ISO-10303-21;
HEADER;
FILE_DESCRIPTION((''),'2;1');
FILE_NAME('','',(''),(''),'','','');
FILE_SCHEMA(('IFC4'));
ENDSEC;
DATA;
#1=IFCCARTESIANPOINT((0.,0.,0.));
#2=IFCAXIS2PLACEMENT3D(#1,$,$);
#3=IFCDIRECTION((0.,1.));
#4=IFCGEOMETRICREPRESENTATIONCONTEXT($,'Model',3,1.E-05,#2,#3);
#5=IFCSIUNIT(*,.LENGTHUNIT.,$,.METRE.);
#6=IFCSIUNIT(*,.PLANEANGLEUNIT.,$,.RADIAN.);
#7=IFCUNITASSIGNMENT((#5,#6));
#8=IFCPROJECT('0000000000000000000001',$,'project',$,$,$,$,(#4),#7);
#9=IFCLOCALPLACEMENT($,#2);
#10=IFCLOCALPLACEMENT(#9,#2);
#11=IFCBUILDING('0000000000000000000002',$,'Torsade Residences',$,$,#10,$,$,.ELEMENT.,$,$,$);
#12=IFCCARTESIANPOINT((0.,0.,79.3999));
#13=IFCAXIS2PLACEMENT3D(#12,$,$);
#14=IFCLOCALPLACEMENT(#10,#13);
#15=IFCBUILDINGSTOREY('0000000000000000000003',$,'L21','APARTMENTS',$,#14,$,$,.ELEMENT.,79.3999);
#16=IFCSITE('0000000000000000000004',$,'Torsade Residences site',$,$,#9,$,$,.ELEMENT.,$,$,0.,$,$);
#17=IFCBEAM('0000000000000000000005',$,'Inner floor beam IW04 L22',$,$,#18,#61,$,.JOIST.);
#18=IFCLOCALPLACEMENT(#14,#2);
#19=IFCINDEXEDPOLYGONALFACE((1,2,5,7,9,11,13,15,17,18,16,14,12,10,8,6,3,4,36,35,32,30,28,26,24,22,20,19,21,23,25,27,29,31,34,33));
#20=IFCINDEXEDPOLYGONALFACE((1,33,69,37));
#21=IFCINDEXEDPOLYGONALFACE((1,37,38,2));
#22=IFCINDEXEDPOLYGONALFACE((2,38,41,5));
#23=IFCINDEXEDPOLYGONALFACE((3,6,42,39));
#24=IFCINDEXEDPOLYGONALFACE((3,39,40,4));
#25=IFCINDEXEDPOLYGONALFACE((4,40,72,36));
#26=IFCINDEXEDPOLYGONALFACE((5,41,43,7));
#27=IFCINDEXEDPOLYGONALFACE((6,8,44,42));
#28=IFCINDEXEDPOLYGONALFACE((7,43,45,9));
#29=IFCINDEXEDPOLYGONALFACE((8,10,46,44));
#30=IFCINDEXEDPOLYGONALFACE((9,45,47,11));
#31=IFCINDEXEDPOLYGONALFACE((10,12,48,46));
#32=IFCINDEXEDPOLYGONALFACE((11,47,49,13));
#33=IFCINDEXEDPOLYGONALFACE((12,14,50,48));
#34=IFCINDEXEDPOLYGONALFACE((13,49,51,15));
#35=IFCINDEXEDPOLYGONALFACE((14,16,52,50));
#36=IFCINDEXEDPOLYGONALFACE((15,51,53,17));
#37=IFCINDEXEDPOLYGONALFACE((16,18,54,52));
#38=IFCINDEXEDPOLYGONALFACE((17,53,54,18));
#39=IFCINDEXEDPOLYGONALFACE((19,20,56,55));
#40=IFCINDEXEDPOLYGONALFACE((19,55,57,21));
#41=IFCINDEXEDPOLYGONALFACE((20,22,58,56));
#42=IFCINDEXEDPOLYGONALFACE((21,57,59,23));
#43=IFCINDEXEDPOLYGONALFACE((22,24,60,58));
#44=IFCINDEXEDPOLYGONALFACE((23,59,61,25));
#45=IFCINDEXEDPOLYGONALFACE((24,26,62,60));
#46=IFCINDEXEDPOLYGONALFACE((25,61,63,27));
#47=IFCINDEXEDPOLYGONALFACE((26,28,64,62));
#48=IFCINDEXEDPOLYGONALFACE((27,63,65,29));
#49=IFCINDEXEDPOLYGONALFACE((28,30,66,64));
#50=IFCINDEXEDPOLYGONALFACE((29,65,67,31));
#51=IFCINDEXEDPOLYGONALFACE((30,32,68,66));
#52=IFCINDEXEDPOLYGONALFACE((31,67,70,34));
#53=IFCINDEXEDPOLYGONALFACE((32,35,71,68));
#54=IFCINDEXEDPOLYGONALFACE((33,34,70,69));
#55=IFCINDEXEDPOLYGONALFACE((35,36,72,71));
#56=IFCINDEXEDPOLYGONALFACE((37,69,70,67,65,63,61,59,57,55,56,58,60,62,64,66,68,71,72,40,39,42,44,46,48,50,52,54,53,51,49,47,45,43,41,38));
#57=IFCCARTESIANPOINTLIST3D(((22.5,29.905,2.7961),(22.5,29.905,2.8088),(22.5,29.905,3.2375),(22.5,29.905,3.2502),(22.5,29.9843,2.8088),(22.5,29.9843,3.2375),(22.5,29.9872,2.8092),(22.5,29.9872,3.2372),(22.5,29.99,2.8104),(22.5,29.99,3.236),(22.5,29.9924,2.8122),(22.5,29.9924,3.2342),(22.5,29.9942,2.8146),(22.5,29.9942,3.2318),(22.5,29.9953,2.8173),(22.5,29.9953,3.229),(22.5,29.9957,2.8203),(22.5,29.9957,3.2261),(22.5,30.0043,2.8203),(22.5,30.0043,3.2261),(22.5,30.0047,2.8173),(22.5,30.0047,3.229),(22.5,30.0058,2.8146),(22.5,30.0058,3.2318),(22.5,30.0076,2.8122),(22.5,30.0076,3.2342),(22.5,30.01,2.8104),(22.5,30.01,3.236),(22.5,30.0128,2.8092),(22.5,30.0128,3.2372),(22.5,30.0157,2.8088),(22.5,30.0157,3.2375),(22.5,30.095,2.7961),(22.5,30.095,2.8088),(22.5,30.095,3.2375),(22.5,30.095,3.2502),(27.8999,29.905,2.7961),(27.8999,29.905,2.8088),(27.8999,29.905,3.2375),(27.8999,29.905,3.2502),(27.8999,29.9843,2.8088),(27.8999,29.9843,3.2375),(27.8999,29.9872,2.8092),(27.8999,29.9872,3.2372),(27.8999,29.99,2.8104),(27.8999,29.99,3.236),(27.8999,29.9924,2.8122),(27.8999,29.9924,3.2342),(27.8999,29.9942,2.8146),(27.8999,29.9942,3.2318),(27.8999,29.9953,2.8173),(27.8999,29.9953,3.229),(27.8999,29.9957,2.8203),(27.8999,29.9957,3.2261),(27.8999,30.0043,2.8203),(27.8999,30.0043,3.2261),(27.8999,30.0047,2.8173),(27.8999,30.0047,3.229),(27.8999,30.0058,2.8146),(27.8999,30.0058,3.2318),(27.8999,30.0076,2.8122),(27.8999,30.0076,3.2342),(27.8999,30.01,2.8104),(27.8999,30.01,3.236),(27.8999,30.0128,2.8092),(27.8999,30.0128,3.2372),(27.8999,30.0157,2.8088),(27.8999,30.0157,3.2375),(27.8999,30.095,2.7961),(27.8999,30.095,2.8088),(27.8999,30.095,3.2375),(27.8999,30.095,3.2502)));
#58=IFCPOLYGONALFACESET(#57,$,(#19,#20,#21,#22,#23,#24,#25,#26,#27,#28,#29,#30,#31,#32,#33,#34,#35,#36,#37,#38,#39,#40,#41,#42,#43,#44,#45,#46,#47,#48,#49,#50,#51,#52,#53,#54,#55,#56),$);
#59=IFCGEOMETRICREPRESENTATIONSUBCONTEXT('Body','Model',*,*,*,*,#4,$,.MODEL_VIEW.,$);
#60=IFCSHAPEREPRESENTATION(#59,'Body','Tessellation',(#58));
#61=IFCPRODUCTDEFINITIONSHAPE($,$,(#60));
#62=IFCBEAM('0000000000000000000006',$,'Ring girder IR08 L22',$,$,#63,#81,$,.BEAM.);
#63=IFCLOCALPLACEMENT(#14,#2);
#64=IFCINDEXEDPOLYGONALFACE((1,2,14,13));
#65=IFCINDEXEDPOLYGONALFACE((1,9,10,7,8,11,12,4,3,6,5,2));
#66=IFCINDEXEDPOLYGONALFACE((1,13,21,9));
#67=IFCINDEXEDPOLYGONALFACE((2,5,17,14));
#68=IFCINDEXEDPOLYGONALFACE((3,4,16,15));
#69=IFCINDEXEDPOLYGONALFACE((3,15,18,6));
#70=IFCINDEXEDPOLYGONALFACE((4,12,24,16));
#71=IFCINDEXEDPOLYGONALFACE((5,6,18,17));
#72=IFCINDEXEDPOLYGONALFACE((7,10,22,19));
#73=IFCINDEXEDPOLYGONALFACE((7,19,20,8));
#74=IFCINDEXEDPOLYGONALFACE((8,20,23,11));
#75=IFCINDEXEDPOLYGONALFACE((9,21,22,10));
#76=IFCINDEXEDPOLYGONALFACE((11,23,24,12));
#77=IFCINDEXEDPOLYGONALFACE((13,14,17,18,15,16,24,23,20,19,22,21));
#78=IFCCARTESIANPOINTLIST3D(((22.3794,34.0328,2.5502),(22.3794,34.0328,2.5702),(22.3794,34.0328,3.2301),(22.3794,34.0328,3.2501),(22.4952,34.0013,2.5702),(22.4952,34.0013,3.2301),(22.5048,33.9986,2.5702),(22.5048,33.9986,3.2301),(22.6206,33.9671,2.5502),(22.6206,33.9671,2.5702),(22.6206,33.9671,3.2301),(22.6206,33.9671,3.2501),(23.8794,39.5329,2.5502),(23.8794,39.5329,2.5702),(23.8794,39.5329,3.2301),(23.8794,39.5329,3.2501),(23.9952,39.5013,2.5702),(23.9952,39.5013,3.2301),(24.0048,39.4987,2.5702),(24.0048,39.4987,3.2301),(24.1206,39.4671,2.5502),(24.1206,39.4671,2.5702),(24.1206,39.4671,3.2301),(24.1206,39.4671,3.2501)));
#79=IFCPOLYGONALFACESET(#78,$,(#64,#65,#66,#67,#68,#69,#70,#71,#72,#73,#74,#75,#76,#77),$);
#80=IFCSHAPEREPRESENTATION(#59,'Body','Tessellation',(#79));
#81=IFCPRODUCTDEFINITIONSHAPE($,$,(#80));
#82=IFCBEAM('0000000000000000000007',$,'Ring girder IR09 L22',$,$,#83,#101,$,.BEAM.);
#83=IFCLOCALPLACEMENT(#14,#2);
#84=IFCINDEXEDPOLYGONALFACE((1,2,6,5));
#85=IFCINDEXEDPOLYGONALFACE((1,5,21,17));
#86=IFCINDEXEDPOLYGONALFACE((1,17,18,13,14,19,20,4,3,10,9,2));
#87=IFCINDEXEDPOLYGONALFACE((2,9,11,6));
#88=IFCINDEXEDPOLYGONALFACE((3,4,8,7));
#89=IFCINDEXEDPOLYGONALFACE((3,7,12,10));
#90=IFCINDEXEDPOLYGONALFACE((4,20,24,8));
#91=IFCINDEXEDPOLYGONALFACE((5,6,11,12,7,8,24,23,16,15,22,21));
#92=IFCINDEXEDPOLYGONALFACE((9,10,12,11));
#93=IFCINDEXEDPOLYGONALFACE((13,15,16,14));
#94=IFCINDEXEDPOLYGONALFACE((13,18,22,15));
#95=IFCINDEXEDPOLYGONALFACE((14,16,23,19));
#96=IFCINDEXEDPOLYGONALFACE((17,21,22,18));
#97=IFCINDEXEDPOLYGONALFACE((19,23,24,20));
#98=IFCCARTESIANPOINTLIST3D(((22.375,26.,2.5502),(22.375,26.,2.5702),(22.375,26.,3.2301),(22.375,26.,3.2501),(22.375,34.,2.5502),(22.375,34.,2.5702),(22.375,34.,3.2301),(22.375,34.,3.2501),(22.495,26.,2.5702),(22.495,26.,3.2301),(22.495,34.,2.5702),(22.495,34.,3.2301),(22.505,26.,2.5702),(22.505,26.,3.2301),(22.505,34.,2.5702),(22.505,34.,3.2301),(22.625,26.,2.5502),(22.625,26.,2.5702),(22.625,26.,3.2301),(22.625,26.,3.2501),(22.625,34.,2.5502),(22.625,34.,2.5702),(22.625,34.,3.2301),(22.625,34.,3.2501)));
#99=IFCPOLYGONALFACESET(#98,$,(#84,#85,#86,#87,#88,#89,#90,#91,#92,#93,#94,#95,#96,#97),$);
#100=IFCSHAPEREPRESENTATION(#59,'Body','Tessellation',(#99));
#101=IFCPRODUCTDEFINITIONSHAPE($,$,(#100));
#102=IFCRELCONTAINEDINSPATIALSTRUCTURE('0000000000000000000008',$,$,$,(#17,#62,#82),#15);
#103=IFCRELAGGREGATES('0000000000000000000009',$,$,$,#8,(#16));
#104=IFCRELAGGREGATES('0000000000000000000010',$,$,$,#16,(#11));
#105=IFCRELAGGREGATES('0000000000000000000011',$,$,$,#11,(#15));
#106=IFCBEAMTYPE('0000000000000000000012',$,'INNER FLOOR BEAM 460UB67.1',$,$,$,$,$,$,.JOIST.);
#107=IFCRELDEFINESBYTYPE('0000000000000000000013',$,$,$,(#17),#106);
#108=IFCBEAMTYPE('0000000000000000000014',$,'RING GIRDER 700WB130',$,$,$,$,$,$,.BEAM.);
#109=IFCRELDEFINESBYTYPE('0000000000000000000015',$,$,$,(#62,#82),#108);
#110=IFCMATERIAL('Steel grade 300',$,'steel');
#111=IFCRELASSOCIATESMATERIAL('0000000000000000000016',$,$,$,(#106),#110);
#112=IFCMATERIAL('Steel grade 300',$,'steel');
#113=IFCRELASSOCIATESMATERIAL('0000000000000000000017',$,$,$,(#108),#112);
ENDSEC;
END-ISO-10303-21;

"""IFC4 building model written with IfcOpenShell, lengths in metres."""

from ifc_helpers import new_model, si_unit, direction, frame, origin, origin_2d, place, context, subcontext, project, spatial, i_section, extrude, material, material_profile, profile_set, type_object, element, save


model = new_model("IFC4")

# Units and contexts
model_context = context("Model", 3, precision=1e-05, world=origin(), true_north=direction((0.0, 1.0)))
body_context = subcontext(model_context, "Body", "Model", "MODEL_VIEW")
ifc_project = project(units=[si_unit("LENGTHUNIT", "METRE"), si_unit("PLANEANGLEUNIT", "RADIAN")], contexts=[model_context])

# Site, building, storey
site_placement = place(None, origin())
site = spatial("IfcSite", under=ifc_project, at=site_placement, Name="Torsade Residences site", CompositionType="ELEMENT", RefElevation=0.0)
building_placement = place(site_placement, origin())
building = spatial("IfcBuilding", under=site, at=building_placement, Name="Torsade Residences", CompositionType="ELEMENT")
storey_placement = place(building_placement, frame((0.0, 0.0, 79.3999)))
storey = spatial("IfcBuildingStorey", under=building, at=storey_placement, Name="L21", Description="APARTMENTS", CompositionType="ELEMENT", Elevation=79.3999)

# Beams
ifc_material_1 = material(Name="Steel grade 300", Category="steel")
ifc_material_profile_1 = material_profile(ifc_material_1, i_section(OverallWidth=0.1899, OverallDepth=0.4541, WebThickness=0.0085, FlangeThickness=0.0127, FilletRadius=0.0115, at=origin_2d()), Name="460UB67.1")
ifc_profile_set_1 = profile_set([ifc_material_profile_1], Name="Steel grade 300")
beam_type_1 = type_object("IfcBeamType", Name="INNER FLOOR BEAM 460UB67.1", PredefinedType="JOIST", material=ifc_profile_set_1)
for number, where, z_axis, x_axis, name in (
    (1, (27.8999, 30.0, 3.0232), (-1.0, 0.0, 0.0), (0.0, -1.0, 0.0), "Inner floor beam IW04 L22"),
):
    element("IfcBeam", number, at=place(storey_placement, frame(where, z_axis=z_axis, x_axis=x_axis)), inside=storey, type_object=beam_type_1, Name=name, PredefinedType="JOIST", context=body_context, shape_type="SweptSolid", body=[
        extrude(i_section(OverallWidth=0.1899, OverallDepth=0.4541, WebThickness=0.0085, FlangeThickness=0.0127, FilletRadius=0.0115, at=origin_2d()), origin(), (0.0, 0.0, 1.0), 5.3999),
    ])
ifc_material_2 = material(Name="Steel grade 300", Category="steel")
ifc_material_profile_2 = material_profile(ifc_material_2, i_section(OverallWidth=0.25, OverallDepth=0.7, WebThickness=0.01, FlangeThickness=0.02, at=origin_2d()), Name="700WB130")
ifc_profile_set_2 = profile_set([ifc_material_profile_2], Name="Steel grade 300")
beam_type_2 = type_object("IfcBeamType", Name="RING GIRDER 700WB130", PredefinedType="BEAM", material=ifc_profile_set_2)
beam_1_placement = place(storey_placement, frame((24.0, 39.5, 2.9001), z_axis=(-0.263117, -0.964764, 0.0), x_axis=(0.964764, -0.263117, 0.0)))
element("IfcBeam", 2, at=beam_1_placement, inside=storey, type_object=beam_type_2, Name="Ring girder IR08 L22", PredefinedType="BEAM", context=body_context, shape_type="SweptSolid", body=[
    extrude(i_section(OverallWidth=0.25, OverallDepth=0.7, WebThickness=0.01, FlangeThickness=0.02, at=origin_2d()), origin(), (0.0, 0.0, 1.0), 5.7009),
])
beam_2_placement = place(storey_placement, frame((22.5, 34.0, 2.9001), z_axis=(0.0, -1.0, 0.0), x_axis=(1.0, 0.0, 0.0)))
element("IfcBeam", 3, at=beam_2_placement, inside=storey, type_object=beam_type_2, Name="Ring girder IR09 L22", PredefinedType="BEAM", context=body_context, shape_type="SweptSolid", body=[
    extrude(i_section(OverallWidth=0.25, OverallDepth=0.7, WebThickness=0.01, FlangeThickness=0.02, at=origin_2d()), origin(), (0.0, 0.0, 1.0), 8.0),
])

save(model, "model.ifc")
